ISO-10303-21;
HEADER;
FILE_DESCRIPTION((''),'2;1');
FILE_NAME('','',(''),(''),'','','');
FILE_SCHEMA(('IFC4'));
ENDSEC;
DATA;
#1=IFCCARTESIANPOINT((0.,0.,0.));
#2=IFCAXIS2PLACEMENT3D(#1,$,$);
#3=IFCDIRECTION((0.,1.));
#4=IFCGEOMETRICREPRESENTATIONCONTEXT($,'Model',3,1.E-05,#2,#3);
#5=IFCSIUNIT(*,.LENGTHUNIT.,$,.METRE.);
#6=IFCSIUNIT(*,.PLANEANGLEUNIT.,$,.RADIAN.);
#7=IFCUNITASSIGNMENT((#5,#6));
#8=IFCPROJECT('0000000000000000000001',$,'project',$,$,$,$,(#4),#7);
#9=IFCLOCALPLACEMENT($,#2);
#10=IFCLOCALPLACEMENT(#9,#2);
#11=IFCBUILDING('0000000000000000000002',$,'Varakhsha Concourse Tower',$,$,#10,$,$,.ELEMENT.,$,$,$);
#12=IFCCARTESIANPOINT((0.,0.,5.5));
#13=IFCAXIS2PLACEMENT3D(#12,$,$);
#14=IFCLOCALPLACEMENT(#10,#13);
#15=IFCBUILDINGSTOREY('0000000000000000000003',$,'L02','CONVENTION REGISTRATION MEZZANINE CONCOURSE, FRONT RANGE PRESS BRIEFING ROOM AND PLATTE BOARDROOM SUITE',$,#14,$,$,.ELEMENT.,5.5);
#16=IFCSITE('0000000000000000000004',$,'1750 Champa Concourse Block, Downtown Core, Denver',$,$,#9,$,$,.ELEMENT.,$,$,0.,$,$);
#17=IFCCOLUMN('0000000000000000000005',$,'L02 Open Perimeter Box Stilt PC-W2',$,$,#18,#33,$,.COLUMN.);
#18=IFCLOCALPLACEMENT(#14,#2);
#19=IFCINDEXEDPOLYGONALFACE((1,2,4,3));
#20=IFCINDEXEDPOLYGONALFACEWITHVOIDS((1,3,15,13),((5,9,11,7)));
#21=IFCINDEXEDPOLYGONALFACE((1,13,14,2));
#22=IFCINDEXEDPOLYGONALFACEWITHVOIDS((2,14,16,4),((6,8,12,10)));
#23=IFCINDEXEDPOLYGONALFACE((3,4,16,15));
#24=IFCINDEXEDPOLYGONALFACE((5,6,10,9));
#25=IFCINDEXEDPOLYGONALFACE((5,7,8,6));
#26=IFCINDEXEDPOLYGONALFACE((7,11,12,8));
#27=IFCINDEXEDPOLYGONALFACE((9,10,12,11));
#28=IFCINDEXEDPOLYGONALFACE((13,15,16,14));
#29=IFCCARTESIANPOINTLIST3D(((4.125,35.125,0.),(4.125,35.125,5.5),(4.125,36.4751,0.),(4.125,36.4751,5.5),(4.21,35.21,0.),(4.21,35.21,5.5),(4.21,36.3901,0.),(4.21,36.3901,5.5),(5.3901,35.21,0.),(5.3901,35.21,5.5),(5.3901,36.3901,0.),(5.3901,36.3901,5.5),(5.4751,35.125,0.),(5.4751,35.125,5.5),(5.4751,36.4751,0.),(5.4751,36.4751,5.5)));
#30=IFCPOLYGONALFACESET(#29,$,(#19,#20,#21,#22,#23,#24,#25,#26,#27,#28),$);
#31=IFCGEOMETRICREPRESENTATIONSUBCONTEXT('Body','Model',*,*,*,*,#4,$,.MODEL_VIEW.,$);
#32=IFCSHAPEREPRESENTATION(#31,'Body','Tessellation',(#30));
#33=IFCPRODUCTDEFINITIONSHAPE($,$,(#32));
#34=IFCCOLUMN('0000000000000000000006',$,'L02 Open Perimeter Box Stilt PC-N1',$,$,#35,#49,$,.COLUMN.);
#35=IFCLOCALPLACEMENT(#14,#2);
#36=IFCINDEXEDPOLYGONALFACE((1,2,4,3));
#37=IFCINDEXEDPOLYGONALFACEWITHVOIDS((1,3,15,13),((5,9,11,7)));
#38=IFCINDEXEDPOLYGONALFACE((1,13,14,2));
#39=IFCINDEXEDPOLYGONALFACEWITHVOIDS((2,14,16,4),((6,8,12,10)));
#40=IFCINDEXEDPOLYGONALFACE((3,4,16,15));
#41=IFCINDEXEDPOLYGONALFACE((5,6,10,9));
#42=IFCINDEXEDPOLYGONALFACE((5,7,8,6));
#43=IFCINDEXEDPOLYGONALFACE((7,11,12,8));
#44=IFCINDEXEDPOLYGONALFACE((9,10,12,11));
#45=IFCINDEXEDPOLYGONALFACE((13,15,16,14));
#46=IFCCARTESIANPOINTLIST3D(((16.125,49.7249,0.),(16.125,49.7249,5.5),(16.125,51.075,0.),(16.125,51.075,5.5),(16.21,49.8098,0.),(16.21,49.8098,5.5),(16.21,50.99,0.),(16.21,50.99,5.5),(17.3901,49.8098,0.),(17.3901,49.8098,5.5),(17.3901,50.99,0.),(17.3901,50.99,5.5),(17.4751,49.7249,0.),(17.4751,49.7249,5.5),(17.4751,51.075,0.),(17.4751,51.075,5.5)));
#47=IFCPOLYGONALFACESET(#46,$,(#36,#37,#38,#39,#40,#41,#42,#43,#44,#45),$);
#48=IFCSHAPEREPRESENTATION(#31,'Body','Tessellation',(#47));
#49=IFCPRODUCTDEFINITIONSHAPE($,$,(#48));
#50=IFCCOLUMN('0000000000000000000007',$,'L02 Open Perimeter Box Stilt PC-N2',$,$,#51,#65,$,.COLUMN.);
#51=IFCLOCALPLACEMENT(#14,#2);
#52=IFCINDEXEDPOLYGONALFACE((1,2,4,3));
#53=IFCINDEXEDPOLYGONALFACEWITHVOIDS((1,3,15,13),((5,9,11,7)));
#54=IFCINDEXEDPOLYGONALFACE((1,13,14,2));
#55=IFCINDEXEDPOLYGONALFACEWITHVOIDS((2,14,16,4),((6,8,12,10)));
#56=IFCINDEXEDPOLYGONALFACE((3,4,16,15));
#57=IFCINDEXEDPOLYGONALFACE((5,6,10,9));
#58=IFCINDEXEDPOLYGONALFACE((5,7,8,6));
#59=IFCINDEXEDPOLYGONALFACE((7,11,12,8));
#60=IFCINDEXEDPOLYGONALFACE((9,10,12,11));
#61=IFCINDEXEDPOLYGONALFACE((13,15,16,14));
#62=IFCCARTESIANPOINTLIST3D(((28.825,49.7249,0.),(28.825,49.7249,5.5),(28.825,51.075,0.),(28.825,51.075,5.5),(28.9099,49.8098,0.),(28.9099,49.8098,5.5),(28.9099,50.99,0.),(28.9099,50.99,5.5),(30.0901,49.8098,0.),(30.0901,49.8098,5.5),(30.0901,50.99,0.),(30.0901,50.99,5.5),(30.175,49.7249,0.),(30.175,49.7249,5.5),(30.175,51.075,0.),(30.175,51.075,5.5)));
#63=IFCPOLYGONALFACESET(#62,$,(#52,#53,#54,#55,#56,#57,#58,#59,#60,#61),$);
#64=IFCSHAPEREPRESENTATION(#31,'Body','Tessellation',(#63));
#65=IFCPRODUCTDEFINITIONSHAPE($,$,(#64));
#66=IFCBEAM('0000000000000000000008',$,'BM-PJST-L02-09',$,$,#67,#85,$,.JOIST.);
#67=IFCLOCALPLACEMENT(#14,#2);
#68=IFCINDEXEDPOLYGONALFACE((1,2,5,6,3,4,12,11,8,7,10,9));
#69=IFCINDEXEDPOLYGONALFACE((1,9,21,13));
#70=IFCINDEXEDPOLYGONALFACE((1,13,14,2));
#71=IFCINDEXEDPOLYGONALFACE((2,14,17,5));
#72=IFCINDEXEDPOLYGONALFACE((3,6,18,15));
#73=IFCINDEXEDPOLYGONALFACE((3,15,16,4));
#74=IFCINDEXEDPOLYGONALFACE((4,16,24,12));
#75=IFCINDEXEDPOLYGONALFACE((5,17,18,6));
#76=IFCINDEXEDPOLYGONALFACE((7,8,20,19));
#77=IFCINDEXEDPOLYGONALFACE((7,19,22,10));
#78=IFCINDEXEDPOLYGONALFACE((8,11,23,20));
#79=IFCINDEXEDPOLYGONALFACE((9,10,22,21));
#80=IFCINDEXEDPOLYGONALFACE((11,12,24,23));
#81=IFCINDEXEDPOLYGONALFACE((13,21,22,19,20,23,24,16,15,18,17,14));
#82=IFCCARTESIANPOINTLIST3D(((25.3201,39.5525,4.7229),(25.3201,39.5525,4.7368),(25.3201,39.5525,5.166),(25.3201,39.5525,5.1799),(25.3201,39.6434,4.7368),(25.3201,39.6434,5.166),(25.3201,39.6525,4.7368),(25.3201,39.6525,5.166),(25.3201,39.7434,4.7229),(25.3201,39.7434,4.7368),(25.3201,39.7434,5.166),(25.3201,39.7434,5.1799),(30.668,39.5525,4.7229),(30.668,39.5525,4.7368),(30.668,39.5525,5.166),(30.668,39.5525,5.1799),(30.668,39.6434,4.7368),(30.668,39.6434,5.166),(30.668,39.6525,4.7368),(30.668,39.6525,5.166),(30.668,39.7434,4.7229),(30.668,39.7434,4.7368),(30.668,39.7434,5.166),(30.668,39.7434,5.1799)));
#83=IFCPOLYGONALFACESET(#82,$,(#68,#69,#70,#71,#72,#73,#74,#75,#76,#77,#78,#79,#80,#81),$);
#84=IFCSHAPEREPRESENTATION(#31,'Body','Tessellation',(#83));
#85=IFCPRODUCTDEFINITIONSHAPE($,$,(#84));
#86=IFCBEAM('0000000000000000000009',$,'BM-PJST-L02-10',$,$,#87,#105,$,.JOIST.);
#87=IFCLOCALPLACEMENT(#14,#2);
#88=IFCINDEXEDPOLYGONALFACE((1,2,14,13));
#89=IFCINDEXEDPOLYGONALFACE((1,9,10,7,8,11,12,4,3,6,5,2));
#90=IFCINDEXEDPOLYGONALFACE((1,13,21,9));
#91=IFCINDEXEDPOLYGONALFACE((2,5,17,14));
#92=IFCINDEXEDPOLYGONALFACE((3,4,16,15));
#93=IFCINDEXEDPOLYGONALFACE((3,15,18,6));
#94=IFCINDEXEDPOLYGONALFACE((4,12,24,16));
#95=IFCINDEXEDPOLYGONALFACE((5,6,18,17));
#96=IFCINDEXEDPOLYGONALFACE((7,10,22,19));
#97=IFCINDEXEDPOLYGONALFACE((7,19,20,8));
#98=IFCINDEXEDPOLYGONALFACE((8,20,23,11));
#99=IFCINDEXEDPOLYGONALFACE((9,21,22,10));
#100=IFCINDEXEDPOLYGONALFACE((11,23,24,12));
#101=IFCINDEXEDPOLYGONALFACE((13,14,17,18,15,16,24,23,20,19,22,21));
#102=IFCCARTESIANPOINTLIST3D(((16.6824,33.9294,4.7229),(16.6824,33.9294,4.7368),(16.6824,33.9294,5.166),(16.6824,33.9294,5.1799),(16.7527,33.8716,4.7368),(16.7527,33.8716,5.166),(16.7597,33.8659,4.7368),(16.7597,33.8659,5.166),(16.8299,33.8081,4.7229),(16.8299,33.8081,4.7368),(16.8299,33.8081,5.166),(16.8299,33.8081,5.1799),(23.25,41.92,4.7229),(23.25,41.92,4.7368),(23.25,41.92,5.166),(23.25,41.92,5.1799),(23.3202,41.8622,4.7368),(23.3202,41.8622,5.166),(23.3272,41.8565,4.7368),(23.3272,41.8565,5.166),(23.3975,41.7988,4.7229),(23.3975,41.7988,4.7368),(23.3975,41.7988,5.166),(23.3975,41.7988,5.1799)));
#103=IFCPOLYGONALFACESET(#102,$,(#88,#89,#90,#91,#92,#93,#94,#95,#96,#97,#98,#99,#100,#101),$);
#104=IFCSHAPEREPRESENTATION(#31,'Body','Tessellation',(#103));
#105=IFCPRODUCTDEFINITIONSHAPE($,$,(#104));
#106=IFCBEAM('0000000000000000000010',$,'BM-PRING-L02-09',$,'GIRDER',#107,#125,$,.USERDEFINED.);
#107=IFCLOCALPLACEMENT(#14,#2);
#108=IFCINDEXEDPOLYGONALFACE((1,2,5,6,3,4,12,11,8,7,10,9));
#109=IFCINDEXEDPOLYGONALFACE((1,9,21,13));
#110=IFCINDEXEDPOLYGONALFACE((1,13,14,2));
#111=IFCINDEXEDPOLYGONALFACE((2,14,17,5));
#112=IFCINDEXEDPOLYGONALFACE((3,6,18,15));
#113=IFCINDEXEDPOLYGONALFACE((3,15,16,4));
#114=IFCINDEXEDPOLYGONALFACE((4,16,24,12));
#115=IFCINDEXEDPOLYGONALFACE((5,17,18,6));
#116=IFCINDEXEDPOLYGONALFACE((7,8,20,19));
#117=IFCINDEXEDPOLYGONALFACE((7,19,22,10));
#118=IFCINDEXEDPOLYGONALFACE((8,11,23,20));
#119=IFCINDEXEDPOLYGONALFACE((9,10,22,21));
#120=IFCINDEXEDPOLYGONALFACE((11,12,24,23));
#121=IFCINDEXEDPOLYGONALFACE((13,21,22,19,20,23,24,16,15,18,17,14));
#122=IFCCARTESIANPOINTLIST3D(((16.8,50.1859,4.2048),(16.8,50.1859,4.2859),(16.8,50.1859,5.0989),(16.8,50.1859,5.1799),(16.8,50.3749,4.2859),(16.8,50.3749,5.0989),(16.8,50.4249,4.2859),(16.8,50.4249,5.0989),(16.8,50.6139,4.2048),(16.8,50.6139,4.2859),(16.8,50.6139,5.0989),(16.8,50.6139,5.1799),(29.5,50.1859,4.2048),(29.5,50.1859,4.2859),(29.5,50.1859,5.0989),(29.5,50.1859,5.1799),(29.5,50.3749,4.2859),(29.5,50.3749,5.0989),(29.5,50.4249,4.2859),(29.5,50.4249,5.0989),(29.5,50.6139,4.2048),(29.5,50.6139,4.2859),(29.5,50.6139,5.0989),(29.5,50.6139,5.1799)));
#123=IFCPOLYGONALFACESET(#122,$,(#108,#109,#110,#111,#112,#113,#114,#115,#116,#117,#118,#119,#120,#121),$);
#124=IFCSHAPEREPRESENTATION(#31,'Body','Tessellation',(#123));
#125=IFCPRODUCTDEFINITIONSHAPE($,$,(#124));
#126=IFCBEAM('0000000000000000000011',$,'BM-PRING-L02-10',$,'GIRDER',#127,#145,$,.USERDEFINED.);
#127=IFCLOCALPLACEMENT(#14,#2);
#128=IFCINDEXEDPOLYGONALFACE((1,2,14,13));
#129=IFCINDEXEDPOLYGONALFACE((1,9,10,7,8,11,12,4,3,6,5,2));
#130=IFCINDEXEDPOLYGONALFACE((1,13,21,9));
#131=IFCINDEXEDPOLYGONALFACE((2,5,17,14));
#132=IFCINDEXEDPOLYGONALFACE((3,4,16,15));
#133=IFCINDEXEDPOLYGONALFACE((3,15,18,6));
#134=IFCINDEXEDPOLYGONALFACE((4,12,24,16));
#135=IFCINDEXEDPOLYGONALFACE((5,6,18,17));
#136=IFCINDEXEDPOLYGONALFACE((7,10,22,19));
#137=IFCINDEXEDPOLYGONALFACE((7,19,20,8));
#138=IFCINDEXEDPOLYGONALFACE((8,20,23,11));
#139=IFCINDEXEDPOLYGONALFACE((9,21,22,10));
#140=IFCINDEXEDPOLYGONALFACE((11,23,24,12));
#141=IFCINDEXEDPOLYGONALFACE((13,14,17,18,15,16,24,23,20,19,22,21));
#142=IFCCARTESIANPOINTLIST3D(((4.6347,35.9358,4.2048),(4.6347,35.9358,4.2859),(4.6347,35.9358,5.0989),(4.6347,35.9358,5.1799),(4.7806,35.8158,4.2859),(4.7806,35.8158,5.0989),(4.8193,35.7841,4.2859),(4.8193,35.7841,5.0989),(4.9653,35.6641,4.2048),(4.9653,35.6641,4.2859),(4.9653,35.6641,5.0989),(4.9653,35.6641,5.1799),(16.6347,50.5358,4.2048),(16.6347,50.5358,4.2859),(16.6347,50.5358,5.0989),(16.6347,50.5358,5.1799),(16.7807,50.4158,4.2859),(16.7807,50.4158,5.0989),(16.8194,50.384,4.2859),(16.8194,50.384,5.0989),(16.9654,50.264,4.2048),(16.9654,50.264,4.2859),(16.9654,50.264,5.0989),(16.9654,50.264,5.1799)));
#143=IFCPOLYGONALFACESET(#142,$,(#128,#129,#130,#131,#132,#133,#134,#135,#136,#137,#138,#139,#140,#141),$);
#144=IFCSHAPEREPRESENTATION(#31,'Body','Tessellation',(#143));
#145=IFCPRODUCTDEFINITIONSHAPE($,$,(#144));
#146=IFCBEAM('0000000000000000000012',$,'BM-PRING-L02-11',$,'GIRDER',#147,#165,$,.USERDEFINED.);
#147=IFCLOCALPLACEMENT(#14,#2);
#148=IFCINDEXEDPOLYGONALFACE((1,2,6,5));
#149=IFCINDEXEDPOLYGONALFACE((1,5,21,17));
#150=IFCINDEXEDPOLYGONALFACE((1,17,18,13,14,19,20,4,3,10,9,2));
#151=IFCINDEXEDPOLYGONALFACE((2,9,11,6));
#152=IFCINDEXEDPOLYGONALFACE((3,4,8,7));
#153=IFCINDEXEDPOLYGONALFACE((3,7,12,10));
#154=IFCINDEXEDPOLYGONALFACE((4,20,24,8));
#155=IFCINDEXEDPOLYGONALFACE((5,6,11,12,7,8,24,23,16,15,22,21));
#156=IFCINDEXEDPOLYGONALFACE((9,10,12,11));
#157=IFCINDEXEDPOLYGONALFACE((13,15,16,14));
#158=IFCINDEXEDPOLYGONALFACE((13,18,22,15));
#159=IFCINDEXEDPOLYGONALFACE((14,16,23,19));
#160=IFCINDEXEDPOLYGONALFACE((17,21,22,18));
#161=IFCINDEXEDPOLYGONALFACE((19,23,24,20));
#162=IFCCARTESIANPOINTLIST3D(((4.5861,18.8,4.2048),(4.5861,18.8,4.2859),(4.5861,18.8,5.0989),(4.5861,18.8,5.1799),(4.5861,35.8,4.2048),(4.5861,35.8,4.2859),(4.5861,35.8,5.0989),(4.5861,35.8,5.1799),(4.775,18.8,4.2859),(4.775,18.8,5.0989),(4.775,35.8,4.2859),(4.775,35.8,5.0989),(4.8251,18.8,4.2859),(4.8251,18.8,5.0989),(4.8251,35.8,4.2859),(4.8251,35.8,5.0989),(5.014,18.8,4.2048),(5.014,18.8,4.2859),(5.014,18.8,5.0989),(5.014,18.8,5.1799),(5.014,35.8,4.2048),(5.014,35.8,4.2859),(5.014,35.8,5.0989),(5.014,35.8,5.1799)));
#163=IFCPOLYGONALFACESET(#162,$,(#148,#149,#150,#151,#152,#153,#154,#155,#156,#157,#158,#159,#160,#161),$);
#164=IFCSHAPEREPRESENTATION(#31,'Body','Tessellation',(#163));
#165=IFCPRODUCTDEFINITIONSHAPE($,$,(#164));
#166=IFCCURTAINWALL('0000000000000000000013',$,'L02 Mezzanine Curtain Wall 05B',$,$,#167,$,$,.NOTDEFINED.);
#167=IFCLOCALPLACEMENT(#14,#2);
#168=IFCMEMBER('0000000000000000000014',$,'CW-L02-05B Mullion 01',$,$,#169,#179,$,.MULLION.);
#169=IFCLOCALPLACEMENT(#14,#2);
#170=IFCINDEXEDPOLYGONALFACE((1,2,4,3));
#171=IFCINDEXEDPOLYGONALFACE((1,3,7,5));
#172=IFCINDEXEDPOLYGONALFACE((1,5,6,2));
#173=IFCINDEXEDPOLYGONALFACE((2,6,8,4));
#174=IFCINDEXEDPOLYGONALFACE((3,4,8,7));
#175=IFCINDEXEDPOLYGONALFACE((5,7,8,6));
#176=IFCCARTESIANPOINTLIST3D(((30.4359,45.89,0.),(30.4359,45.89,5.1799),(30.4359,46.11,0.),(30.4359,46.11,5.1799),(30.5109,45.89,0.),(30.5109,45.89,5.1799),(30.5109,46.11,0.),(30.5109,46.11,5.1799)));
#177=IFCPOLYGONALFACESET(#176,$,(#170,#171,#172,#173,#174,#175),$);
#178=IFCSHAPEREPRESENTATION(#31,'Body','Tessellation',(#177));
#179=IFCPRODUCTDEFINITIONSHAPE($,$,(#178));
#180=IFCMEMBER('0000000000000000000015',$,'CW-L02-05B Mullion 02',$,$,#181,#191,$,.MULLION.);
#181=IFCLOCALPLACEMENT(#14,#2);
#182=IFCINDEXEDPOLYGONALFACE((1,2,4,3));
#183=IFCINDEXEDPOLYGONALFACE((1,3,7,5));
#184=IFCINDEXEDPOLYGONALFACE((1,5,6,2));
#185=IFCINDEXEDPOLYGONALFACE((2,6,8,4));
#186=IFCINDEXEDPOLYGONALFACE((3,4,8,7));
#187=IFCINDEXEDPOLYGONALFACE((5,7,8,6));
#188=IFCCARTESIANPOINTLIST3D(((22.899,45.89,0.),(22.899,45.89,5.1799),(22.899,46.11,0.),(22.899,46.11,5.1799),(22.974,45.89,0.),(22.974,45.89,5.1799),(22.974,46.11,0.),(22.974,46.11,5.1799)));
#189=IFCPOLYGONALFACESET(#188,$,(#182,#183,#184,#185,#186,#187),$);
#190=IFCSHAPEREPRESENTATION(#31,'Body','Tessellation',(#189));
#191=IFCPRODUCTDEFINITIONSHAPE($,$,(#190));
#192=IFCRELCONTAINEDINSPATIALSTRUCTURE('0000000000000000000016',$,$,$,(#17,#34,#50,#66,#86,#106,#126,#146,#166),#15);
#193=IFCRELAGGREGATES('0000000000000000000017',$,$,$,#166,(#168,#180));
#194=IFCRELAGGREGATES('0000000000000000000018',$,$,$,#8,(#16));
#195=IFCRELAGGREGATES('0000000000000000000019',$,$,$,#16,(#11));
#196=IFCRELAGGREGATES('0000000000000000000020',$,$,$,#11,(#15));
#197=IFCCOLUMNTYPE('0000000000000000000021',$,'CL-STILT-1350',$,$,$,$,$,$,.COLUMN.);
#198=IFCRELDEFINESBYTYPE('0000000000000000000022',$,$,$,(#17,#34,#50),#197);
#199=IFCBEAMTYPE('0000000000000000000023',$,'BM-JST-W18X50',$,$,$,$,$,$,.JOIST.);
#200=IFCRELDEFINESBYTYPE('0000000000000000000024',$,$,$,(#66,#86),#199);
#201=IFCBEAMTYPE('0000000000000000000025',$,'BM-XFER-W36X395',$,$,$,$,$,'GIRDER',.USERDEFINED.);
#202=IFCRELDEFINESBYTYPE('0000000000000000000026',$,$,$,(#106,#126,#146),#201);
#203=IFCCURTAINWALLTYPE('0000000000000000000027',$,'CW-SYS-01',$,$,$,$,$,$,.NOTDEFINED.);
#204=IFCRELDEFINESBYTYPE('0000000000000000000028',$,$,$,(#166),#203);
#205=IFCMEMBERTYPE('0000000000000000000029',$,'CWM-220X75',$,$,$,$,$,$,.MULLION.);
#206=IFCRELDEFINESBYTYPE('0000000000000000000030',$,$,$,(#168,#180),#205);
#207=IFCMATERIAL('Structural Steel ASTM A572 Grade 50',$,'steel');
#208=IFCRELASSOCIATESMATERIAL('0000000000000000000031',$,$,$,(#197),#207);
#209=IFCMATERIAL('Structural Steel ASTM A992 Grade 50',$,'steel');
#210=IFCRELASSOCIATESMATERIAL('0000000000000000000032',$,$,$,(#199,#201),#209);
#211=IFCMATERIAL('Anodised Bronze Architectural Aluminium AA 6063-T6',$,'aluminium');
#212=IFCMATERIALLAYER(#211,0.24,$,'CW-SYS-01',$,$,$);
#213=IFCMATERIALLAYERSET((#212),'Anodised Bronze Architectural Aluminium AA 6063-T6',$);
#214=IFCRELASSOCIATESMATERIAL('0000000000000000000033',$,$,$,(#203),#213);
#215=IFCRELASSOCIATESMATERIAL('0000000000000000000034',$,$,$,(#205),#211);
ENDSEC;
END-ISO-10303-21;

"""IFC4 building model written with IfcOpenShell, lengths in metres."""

from ifc_helpers import new_model, si_unit, direction, frame, origin, origin_2d, place, context, subcontext, project, spatial, rectangle, hollow_rectangle, i_section, extrude, source, transform, mapped, material, layer, layer_set, material_profile, profile_set, type_object, type_shapes, element, aggregate, save


model = new_model("IFC4")

# Units and contexts
model_context = context("Model", 3, precision=1e-05, world=origin(), true_north=direction((0.0, 1.0)))
body_context = subcontext(model_context, "Body", "Model", "MODEL_VIEW")
ifc_project = project(units=[si_unit("LENGTHUNIT", "METRE"), si_unit("PLANEANGLEUNIT", "RADIAN")], contexts=[model_context])

# Site, building, storey
site_placement = place(None, origin())
site = spatial("IfcSite", under=ifc_project, at=site_placement, Name="1750 Champa Concourse Block, Downtown Core, Denver", CompositionType="ELEMENT", RefElevation=0.0)
building_placement = place(site_placement, origin())
building = spatial("IfcBuilding", under=site, at=building_placement, Name="Varakhsha Concourse Tower", CompositionType="ELEMENT")
storey_placement = place(building_placement, frame((0.0, 0.0, 5.5)))
storey = spatial("IfcBuildingStorey", under=building, at=storey_placement, Name="L02", Description="CONVENTION REGISTRATION MEZZANINE CONCOURSE, FRONT RANGE PRESS BRIEFING ROOM AND PLATTE BOARDROOM SUITE", CompositionType="ELEMENT", Elevation=5.5)

# Columns
ifc_material_1 = material(Name="Structural Steel ASTM A572 Grade 50", Category="steel")
ifc_material_profile_1 = material_profile(ifc_material_1, hollow_rectangle(XDim=1.3501, YDim=1.3501, WallThickness=0.085, at=origin_2d()), Name="BOX 1350x1350x85")
ifc_profile_set_1 = profile_set([ifc_material_profile_1], Name="Structural Steel ASTM A572 Grade 50")
column_type = type_object("IfcColumnType", Name="CL-STILT-1350", PredefinedType="COLUMN", material=ifc_profile_set_1)
for number, where, z_axis, x_axis, name in (
    (1, (4.8, 35.8, 0.0), (0.0, 0.0, 1.0), (1.0, 0.0, 0.0), "L02 Open Perimeter Box Stilt PC-W2"),
    (2, (16.8, 50.3999, 0.0), (0.0, 0.0, 1.0), (1.0, 0.0, 0.0), "L02 Open Perimeter Box Stilt PC-N1"),
    (3, (29.5, 50.3999, 0.0), (0.0, 0.0, 1.0), (1.0, 0.0, 0.0), "L02 Open Perimeter Box Stilt PC-N2"),
):
    element("IfcColumn", number, at=place(storey_placement, frame(where, z_axis=z_axis, x_axis=x_axis)), inside=storey, type_object=column_type, Name=name, PredefinedType="COLUMN", context=body_context, shape_type="SweptSolid", body=[
        extrude(hollow_rectangle(XDim=1.3501, YDim=1.3501, WallThickness=0.085, at=origin_2d()), origin(), (0.0, 0.0, 1.0), 5.5),
    ])

# Beams
ifc_material_2 = material(Name="Structural Steel ASTM A992 Grade 50", Category="steel")
ifc_material_profile_2 = material_profile(ifc_material_2, i_section(OverallWidth=0.1909, OverallDepth=0.457, WebThickness=0.009, FlangeThickness=0.0139, at=origin_2d()), Name="W18X50")
ifc_profile_set_2 = profile_set([ifc_material_profile_2], Name="Structural Steel ASTM A992 Grade 50")
beam_type_1 = type_object("IfcBeamType", Name="BM-JST-W18X50", PredefinedType="JOIST", material=ifc_profile_set_2)
beam_1_placement = place(storey_placement, frame((30.668, 39.6479, 4.9514), z_axis=(-1.0, 0.0, 0.0), x_axis=(0.0, -1.0, 0.0)))
element("IfcBeam", 4, at=beam_1_placement, inside=storey, type_object=beam_type_1, Name="BM-PJST-L02-09", PredefinedType="JOIST", context=body_context, shape_type="SweptSolid", body=[
    extrude(i_section(OverallWidth=0.1909, OverallDepth=0.457, WebThickness=0.009, FlangeThickness=0.0139, at=origin_2d()), origin(), (0.0, 0.0, 1.0), 5.3479),
])
beam_2_placement = place(storey_placement, frame((23.3237, 41.8594, 4.9514), z_axis=(-0.63496, -0.772545, 0.0), x_axis=(0.772545, -0.63496, 0.0)))
element("IfcBeam", 5, at=beam_2_placement, inside=storey, type_object=beam_type_1, Name="BM-PJST-L02-10", PredefinedType="JOIST", context=body_context, shape_type="SweptSolid", body=[
    extrude(i_section(OverallWidth=0.1909, OverallDepth=0.457, WebThickness=0.009, FlangeThickness=0.0139, at=origin_2d()), origin(), (0.0, 0.0, 1.0), 10.3433),
])
ifc_material_profile_3 = material_profile(ifc_material_2, i_section(OverallWidth=0.428, OverallDepth=0.9751, WebThickness=0.05, FlangeThickness=0.0811, at=origin_2d()), Name="W36X395")
ifc_profile_set_3 = profile_set([ifc_material_profile_3], Name="Structural Steel ASTM A992 Grade 50")
beam_type_2 = type_object("IfcBeamType", Name="BM-XFER-W36X395", ElementType="GIRDER", PredefinedType="USERDEFINED", material=ifc_profile_set_3)
beam_3_placement = place(storey_placement, frame((29.5, 50.3999, 4.6924), z_axis=(-1.0, 0.0, 0.0), x_axis=(0.0, -1.0, 0.0)))
element("IfcBeam", 6, at=beam_3_placement, inside=storey, type_object=beam_type_2, Name="BM-PRING-L02-09", ObjectType="GIRDER", PredefinedType="USERDEFINED", context=body_context, shape_type="SweptSolid", body=[
    extrude(i_section(OverallWidth=0.428, OverallDepth=0.9751, WebThickness=0.05, FlangeThickness=0.0811, at=origin_2d()), origin(), (0.0, 0.0, 1.0), 12.7),
])
beam_4_placement = place(storey_placement, frame((16.8, 50.3999, 4.6924), z_axis=(-0.634969, -0.772538, 0.0), x_axis=(0.772538, -0.634969, 0.0)))
element("IfcBeam", 7, at=beam_4_placement, inside=storey, type_object=beam_type_2, Name="BM-PRING-L02-10", ObjectType="GIRDER", PredefinedType="USERDEFINED", context=body_context, shape_type="SweptSolid", body=[
    extrude(i_section(OverallWidth=0.428, OverallDepth=0.9751, WebThickness=0.05, FlangeThickness=0.0811, at=origin_2d()), origin(), (0.0, 0.0, 1.0), 18.8987),
])
beam_5_placement = place(storey_placement, frame((4.8, 35.8, 4.6924), z_axis=(0.0, -1.0, 0.0), x_axis=(1.0, 0.0, 0.0)))
element("IfcBeam", 8, at=beam_5_placement, inside=storey, type_object=beam_type_2, Name="BM-PRING-L02-11", ObjectType="GIRDER", PredefinedType="USERDEFINED", context=body_context, shape_type="SweptSolid", body=[
    extrude(i_section(OverallWidth=0.428, OverallDepth=0.9751, WebThickness=0.05, FlangeThickness=0.0811, at=origin_2d()), origin(), (0.0, 0.0, 1.0), 17.0),
])

# Curtain wall, members
ifc_material_3 = material(Name="Anodised Bronze Architectural Aluminium AA 6063-T6", Category="aluminium")
ifc_layer_1 = layer(ifc_material_3, 0.24, Name="CW-SYS-01")
ifc_layer_set_1 = layer_set([ifc_layer_1], Name="Anodised Bronze Architectural Aluminium AA 6063-T6")
curtain_wall_type = type_object("IfcCurtainWallType", Name="CW-SYS-01", PredefinedType="NOTDEFINED", material=ifc_layer_set_1)
curtain_wall_1_placement = place(storey_placement, origin())
curtain_wall_1 = element("IfcCurtainWall", 9, at=curtain_wall_1_placement, inside=storey, type_object=curtain_wall_type, Name="L02 Mezzanine Curtain Wall 05B", PredefinedType="NOTDEFINED")
ifc_material_profile_4 = material_profile(ifc_material_3, rectangle(XDim=0.075, YDim=0.22, at=origin_2d()), Name="CWM-220X75")
ifc_profile_set_4 = profile_set([ifc_material_profile_4], Name="Anodised Bronze Architectural Aluminium AA 6063-T6")
member_type_1 = type_object("IfcMemberType", Name="CWM-220X75", PredefinedType="MULLION", material=ifc_profile_set_4)
shared_shape_1 = source(origin(), body_context, "Body", "SweptSolid", [
    extrude(rectangle(XDim=0.075, YDim=0.22, at=origin_2d()), origin(), (0.0, 0.0, 1.0), 5.1799),
])
type_shapes(member_type_1, [shared_shape_1])
member_1_placement = place(storey_placement, frame((30.4734, 46.0, 0.0), z_axis=(0.0, 0.0, 1.0), x_axis=(-1.0, 0.0, 0.0)))
member_1 = element("IfcMember", 10, at=member_1_placement, type_object=member_type_1, Name="CW-L02-05B Mullion 01", PredefinedType="MULLION", context=body_context, shape_type="MappedRepresentation", body=[
    mapped(shared_shape_1, transform((0.0, 0.0, 0.0), scale=1.0)),
])
member_2_placement = place(storey_placement, frame((22.9365, 46.0, 0.0), z_axis=(0.0, 0.0, 1.0), x_axis=(-1.0, 0.0, 0.0)))
member_2 = element("IfcMember", 11, at=member_2_placement, type_object=member_type_1, Name="CW-L02-05B Mullion 02", PredefinedType="MULLION", context=body_context, shape_type="MappedRepresentation", body=[
    mapped(shared_shape_1, transform((0.0, 0.0, 0.0), scale=1.0)),
])

aggregate(curtain_wall_1, [member_1, member_2])

save(model, "model.ifc")
